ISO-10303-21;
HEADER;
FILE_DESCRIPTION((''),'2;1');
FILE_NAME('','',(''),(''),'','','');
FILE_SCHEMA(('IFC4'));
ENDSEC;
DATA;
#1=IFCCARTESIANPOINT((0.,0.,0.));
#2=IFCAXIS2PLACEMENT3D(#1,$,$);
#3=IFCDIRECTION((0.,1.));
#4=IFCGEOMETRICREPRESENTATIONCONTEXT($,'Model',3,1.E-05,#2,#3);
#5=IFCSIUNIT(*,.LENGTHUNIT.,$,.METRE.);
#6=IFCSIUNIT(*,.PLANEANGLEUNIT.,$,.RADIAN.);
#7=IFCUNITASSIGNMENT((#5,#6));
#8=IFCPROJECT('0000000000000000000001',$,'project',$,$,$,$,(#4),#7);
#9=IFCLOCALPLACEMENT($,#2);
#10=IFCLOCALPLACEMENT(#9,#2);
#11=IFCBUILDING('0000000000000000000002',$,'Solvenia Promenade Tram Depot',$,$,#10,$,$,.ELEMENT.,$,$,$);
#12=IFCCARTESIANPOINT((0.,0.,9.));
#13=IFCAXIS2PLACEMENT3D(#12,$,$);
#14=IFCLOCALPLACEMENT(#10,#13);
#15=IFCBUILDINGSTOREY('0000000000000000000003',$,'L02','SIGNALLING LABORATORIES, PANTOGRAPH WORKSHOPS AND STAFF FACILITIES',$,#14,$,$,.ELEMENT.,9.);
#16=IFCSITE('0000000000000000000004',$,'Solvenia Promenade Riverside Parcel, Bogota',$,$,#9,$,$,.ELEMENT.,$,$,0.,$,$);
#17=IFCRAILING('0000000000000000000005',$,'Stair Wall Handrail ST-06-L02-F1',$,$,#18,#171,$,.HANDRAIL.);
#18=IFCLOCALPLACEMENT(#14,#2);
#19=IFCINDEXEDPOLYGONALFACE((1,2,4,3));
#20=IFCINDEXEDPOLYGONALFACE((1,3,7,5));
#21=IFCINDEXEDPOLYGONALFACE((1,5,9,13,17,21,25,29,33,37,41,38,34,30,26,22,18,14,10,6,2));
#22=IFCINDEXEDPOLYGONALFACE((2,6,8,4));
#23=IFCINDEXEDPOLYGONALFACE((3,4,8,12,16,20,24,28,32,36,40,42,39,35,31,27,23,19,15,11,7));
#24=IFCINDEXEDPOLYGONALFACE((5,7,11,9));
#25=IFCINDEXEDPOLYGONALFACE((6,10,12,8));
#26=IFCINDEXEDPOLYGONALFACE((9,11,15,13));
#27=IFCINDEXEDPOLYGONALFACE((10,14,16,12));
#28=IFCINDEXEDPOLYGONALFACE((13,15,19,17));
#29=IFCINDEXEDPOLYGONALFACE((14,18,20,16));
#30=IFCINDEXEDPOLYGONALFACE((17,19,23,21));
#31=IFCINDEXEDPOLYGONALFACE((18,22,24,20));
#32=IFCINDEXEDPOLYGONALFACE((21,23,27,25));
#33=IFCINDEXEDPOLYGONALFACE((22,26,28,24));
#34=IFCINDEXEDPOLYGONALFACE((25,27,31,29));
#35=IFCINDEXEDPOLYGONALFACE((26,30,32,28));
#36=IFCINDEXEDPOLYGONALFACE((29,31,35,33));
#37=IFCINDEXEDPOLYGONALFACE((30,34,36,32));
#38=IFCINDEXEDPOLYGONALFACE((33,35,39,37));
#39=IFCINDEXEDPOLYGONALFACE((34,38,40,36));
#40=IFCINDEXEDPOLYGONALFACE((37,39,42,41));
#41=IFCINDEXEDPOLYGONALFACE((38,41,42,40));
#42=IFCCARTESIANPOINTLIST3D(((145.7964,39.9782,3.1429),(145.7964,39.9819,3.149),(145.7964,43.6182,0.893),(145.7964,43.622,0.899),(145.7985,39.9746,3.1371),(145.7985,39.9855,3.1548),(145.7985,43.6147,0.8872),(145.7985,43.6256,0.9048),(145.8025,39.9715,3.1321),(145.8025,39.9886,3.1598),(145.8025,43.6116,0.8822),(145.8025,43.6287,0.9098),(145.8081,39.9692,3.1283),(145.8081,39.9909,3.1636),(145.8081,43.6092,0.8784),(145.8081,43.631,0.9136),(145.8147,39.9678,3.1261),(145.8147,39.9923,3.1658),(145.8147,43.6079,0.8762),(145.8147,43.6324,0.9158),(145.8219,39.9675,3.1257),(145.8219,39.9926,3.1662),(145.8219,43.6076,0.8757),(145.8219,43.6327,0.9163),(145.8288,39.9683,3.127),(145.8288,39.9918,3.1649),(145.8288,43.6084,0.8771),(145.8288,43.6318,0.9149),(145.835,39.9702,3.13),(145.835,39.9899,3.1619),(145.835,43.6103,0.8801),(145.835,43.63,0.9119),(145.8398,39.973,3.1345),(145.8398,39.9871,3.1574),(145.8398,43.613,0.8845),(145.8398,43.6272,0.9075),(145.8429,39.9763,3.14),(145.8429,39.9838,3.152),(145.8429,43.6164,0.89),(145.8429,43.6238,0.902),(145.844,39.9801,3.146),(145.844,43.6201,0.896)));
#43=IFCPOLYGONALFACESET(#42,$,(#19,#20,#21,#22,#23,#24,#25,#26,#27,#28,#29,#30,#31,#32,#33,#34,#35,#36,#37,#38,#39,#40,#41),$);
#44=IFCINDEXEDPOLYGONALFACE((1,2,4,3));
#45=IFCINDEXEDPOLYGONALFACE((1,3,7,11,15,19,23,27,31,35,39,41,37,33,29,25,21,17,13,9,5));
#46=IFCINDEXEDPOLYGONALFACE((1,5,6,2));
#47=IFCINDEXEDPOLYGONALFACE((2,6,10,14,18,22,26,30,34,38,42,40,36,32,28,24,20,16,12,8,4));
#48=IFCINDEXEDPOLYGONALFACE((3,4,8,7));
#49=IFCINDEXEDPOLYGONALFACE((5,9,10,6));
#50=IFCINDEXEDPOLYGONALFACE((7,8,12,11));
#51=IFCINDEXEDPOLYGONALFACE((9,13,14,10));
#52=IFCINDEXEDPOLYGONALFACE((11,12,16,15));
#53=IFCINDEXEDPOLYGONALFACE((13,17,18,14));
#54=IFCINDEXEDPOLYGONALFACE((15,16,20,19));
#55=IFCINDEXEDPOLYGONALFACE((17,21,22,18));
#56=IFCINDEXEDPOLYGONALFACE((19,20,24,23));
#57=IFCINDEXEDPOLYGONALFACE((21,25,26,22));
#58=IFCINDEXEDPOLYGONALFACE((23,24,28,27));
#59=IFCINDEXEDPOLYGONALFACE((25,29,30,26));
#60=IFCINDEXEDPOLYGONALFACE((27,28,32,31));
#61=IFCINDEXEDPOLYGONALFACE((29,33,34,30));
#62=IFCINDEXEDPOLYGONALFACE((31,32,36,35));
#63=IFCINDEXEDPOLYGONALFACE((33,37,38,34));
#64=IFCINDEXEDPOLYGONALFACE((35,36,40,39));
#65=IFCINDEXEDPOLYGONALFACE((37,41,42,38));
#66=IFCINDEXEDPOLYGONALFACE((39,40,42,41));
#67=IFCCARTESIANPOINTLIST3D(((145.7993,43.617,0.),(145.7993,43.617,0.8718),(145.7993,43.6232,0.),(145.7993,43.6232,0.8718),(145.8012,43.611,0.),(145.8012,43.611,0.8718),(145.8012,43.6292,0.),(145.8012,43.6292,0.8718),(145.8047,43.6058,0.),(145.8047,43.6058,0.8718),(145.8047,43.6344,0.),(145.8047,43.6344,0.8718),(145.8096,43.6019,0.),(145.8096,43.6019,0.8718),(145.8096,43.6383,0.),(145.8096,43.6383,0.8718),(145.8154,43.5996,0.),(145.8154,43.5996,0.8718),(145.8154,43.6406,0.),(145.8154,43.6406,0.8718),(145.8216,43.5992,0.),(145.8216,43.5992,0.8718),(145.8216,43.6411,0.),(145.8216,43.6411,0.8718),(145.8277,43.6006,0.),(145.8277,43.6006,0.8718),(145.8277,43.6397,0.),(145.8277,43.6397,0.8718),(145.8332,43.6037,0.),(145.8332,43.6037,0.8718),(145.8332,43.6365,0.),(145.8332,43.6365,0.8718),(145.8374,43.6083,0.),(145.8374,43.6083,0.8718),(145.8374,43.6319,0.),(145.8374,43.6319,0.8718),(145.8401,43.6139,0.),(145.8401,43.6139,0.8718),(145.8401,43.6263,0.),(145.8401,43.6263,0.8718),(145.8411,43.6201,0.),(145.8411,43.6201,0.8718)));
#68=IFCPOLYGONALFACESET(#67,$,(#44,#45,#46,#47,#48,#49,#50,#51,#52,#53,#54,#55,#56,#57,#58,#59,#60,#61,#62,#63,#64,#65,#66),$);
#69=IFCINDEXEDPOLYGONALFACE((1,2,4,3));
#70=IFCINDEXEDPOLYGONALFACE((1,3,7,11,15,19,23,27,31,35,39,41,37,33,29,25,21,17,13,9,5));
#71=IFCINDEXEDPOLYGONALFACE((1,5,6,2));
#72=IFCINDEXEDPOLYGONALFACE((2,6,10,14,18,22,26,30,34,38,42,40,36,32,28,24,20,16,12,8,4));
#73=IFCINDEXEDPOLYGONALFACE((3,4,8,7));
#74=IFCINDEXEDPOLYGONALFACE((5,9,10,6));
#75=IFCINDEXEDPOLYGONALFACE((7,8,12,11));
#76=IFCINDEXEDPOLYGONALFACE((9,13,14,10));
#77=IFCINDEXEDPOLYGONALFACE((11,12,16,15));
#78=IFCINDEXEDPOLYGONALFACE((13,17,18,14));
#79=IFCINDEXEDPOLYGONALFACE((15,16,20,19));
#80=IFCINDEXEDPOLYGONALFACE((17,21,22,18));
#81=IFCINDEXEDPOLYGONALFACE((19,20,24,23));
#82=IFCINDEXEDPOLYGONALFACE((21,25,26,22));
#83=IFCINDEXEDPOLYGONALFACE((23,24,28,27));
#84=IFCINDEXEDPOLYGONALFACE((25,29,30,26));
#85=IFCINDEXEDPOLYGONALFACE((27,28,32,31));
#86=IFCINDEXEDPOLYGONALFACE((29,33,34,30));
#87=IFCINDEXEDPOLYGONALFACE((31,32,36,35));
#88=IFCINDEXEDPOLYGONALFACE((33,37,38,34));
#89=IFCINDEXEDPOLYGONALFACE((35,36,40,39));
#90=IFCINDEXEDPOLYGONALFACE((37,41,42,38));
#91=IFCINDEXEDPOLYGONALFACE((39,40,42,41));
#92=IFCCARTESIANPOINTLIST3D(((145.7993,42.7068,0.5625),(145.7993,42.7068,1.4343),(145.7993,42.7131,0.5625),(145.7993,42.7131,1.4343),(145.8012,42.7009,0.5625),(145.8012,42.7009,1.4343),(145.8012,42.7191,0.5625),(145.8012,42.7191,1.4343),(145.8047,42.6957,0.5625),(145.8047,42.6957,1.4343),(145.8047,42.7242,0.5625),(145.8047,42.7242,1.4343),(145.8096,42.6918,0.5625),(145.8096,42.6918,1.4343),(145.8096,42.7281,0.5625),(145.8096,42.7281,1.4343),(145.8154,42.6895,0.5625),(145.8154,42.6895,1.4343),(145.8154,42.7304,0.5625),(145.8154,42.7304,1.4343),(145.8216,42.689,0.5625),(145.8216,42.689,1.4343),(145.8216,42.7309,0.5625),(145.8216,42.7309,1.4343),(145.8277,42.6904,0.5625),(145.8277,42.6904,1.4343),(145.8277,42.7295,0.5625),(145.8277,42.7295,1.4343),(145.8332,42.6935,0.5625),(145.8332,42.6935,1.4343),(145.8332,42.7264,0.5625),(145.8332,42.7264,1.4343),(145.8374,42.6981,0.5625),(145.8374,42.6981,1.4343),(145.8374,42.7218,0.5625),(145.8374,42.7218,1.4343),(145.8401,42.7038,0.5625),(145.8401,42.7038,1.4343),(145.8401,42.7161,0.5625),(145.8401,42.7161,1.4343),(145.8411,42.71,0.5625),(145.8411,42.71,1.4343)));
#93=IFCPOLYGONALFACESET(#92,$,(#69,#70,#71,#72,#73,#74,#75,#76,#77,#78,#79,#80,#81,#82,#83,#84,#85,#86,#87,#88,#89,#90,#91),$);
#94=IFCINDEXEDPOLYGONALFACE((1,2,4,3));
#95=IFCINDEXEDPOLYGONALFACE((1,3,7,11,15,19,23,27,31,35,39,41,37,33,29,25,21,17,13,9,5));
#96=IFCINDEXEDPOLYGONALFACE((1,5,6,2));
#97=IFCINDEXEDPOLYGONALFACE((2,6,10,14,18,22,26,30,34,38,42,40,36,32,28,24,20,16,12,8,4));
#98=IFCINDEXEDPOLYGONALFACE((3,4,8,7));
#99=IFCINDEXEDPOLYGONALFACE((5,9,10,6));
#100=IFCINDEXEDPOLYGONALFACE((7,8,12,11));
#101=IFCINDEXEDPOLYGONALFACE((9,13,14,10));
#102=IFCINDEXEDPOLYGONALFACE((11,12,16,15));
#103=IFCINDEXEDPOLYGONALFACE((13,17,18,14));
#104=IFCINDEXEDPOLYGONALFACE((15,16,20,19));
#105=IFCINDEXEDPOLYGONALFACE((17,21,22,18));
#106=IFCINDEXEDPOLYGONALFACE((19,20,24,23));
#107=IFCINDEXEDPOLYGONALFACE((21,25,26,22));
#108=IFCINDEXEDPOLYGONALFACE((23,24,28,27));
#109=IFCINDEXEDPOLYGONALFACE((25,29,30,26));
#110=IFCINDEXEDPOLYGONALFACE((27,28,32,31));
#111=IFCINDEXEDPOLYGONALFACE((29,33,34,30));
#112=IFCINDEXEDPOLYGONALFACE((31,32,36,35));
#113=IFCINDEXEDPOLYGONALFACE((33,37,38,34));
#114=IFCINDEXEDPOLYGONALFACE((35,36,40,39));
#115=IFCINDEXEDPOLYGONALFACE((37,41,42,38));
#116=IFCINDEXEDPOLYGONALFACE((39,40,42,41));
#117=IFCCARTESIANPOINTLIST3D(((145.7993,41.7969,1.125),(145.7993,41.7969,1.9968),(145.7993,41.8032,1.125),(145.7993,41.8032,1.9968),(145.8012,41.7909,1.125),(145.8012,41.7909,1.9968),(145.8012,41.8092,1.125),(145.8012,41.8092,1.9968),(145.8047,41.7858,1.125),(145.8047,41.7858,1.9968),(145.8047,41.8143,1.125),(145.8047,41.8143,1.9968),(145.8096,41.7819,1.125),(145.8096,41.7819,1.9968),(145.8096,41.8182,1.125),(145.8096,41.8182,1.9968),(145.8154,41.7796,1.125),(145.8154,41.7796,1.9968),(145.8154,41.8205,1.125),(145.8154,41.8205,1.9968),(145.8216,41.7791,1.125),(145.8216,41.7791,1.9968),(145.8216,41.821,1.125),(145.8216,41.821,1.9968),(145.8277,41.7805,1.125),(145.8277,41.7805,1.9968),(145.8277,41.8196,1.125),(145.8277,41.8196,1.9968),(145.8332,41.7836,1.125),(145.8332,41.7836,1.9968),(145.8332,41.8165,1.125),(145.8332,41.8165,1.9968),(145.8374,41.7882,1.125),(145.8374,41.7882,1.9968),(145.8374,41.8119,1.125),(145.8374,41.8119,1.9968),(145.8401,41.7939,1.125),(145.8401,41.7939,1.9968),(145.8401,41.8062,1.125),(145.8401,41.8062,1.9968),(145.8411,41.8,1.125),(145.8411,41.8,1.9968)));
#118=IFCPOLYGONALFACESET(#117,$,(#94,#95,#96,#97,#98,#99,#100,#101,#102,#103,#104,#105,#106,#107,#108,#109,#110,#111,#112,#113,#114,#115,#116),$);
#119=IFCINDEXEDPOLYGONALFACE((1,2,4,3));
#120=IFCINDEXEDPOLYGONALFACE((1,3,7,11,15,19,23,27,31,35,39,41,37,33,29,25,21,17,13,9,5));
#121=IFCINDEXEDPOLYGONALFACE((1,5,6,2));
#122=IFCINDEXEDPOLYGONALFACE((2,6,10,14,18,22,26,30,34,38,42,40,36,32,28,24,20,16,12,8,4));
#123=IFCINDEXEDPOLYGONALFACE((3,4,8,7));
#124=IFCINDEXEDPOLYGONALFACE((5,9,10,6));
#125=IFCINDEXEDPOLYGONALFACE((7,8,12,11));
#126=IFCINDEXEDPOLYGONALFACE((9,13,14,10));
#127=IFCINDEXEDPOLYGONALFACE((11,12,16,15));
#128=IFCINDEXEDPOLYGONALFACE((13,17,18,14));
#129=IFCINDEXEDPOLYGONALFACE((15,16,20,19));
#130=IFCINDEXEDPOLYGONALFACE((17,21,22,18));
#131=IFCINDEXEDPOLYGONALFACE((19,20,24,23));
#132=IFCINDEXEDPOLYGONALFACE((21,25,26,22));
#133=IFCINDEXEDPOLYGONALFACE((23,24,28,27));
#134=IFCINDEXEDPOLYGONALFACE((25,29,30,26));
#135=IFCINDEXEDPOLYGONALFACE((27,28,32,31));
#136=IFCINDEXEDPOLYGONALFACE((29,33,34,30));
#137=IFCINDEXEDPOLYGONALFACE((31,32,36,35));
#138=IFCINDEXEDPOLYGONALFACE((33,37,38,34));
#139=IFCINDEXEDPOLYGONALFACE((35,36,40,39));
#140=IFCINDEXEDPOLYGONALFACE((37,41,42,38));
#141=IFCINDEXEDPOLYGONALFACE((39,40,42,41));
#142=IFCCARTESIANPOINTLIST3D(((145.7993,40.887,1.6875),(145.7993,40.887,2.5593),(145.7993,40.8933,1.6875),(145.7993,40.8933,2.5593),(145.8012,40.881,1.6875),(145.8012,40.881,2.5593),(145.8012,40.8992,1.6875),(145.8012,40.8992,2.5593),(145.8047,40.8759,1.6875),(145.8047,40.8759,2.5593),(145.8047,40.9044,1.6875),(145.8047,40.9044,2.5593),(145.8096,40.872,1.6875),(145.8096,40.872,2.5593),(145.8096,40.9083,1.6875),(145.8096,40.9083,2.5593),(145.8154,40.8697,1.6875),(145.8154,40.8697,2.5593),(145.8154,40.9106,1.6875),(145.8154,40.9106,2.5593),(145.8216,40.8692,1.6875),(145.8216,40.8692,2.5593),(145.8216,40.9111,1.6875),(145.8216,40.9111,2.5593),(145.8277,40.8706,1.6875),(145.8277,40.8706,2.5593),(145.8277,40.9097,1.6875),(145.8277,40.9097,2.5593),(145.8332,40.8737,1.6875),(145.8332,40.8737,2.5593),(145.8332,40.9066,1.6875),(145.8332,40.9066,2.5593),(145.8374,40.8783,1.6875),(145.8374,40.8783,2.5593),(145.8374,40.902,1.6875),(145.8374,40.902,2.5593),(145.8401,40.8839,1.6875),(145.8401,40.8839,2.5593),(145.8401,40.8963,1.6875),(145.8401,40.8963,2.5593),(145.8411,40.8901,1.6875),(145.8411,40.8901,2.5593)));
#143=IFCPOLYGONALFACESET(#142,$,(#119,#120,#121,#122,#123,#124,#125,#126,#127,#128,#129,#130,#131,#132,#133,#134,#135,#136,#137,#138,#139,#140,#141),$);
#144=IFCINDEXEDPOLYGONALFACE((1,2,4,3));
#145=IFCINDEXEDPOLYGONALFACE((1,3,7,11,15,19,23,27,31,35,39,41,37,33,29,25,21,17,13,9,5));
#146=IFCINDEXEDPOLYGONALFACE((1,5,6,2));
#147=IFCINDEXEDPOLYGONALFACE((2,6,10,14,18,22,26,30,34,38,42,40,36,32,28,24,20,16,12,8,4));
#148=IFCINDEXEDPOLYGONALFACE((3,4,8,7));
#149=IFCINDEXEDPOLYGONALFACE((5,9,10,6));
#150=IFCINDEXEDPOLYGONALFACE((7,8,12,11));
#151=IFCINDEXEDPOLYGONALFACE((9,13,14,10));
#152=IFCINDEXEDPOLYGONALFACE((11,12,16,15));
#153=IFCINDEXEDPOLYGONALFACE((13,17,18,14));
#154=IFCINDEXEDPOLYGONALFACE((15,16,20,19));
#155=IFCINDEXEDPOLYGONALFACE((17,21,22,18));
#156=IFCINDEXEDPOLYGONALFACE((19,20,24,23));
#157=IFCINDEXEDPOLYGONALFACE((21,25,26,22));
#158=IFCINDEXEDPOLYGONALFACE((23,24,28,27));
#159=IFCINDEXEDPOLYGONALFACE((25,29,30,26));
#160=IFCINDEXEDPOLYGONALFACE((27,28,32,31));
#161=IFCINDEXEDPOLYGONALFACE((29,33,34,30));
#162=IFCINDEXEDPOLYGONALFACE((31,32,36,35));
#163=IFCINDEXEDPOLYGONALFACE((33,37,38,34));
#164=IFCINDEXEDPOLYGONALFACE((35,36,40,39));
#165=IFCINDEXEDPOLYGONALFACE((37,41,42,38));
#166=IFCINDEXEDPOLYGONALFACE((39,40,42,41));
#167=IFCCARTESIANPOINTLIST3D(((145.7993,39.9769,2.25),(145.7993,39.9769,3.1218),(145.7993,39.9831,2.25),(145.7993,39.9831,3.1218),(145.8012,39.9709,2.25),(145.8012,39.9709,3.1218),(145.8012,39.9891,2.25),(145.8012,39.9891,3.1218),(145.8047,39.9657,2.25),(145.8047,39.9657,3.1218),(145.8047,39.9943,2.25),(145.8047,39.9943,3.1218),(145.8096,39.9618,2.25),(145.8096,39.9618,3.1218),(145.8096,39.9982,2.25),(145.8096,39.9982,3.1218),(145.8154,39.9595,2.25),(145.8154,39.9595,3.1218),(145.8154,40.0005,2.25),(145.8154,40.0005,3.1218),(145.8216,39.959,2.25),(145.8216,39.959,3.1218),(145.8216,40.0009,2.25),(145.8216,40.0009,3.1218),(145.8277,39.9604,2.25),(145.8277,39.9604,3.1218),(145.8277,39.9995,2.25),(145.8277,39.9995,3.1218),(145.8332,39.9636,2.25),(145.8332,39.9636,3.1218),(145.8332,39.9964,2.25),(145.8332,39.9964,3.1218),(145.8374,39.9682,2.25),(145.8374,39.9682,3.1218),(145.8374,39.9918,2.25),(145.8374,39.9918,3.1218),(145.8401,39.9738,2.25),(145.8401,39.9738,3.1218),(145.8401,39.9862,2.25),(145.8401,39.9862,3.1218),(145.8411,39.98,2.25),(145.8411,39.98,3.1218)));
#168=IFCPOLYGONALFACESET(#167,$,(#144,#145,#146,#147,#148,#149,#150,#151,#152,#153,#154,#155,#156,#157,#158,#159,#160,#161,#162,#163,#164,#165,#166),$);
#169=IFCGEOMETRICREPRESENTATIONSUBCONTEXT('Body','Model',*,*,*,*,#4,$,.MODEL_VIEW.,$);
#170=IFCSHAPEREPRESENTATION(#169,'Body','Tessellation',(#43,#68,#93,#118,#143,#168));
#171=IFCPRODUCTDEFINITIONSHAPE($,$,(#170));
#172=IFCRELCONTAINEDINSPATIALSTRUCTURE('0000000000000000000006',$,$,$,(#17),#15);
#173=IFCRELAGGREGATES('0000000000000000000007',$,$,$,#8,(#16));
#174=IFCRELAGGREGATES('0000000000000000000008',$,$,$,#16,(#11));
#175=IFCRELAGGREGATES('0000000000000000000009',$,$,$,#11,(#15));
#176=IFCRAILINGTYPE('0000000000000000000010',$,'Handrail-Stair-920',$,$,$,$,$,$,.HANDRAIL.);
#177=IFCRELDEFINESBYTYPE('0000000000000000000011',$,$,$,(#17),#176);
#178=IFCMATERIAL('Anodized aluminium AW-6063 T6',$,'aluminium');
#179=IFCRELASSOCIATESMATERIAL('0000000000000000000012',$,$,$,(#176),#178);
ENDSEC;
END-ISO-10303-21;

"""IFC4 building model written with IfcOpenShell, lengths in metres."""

from ifc_helpers import new_model, si_unit, direction, frame, origin, origin_2d, place, context, subcontext, project, spatial, circle, extrude, material, type_object, element, save


model = new_model("IFC4")

# Units and contexts
model_context = context("Model", 3, precision=1e-05, world=origin(), true_north=direction((0.0, 1.0)))
body_context = subcontext(model_context, "Body", "Model", "MODEL_VIEW")
ifc_project = project(units=[si_unit("LENGTHUNIT", "METRE"), si_unit("PLANEANGLEUNIT", "RADIAN")], contexts=[model_context])

# Site, building, storey
site_placement = place(None, origin())
site = spatial("IfcSite", under=ifc_project, at=site_placement, Name="Solvenia Promenade Riverside Parcel, Bogota", CompositionType="ELEMENT", RefElevation=0.0)
building_placement = place(site_placement, origin())
building = spatial("IfcBuilding", under=site, at=building_placement, Name="Solvenia Promenade Tram Depot", CompositionType="ELEMENT")
storey_placement = place(building_placement, frame((0.0, 0.0, 9.0)))
storey = spatial("IfcBuildingStorey", under=building, at=storey_placement, Name="L02", Description="SIGNALLING LABORATORIES, PANTOGRAPH WORKSHOPS AND STAFF FACILITIES", CompositionType="ELEMENT", Elevation=9.0)

# Railing
ifc_material_1 = material(Name="Anodized aluminium AW-6063 T6", Category="aluminium")
railing_type_1 = type_object("IfcRailingType", Name="Handrail-Stair-920", PredefinedType="HANDRAIL", material=ifc_material_1)
railing_1_placement = place(storey_placement, frame((145.8201, 43.6201, 0.0)))
element("IfcRailing", 1, at=railing_1_placement, inside=storey, type_object=railing_type_1, Name="Stair Wall Handrail ST-06-L02-F1", PredefinedType="HANDRAIL", context=body_context, shape_type="SweptSolid", body=[
    extrude(circle(Radius=0.0239, at=origin_2d()), frame((0.0, 0.0, 0.896), z_axis=(0.0, -0.850622, 0.525777), x_axis=(1.0, 0.0, 0.0)), (0.0, 0.0, 1.0), 4.2793),
    extrude(circle(Radius=0.021, at=origin_2d()), origin(), (0.0, 0.0, 1.0), 0.8718),
    extrude(circle(Radius=0.021, at=origin_2d()), frame((0.0, -0.9102, 0.5625)), (0.0, 0.0, 1.0), 0.8718),
    extrude(circle(Radius=0.021, at=origin_2d()), frame((0.0, -1.8201, 1.125)), (0.0, 0.0, 1.0), 0.8718),
    extrude(circle(Radius=0.021, at=origin_2d()), frame((0.0, -2.73, 1.6875)), (0.0, 0.0, 1.0), 0.8718),
    extrude(circle(Radius=0.021, at=origin_2d()), frame((0.0, -3.6401, 2.25)), (0.0, 0.0, 1.0), 0.8718),
])

save(model, "model.ifc")
